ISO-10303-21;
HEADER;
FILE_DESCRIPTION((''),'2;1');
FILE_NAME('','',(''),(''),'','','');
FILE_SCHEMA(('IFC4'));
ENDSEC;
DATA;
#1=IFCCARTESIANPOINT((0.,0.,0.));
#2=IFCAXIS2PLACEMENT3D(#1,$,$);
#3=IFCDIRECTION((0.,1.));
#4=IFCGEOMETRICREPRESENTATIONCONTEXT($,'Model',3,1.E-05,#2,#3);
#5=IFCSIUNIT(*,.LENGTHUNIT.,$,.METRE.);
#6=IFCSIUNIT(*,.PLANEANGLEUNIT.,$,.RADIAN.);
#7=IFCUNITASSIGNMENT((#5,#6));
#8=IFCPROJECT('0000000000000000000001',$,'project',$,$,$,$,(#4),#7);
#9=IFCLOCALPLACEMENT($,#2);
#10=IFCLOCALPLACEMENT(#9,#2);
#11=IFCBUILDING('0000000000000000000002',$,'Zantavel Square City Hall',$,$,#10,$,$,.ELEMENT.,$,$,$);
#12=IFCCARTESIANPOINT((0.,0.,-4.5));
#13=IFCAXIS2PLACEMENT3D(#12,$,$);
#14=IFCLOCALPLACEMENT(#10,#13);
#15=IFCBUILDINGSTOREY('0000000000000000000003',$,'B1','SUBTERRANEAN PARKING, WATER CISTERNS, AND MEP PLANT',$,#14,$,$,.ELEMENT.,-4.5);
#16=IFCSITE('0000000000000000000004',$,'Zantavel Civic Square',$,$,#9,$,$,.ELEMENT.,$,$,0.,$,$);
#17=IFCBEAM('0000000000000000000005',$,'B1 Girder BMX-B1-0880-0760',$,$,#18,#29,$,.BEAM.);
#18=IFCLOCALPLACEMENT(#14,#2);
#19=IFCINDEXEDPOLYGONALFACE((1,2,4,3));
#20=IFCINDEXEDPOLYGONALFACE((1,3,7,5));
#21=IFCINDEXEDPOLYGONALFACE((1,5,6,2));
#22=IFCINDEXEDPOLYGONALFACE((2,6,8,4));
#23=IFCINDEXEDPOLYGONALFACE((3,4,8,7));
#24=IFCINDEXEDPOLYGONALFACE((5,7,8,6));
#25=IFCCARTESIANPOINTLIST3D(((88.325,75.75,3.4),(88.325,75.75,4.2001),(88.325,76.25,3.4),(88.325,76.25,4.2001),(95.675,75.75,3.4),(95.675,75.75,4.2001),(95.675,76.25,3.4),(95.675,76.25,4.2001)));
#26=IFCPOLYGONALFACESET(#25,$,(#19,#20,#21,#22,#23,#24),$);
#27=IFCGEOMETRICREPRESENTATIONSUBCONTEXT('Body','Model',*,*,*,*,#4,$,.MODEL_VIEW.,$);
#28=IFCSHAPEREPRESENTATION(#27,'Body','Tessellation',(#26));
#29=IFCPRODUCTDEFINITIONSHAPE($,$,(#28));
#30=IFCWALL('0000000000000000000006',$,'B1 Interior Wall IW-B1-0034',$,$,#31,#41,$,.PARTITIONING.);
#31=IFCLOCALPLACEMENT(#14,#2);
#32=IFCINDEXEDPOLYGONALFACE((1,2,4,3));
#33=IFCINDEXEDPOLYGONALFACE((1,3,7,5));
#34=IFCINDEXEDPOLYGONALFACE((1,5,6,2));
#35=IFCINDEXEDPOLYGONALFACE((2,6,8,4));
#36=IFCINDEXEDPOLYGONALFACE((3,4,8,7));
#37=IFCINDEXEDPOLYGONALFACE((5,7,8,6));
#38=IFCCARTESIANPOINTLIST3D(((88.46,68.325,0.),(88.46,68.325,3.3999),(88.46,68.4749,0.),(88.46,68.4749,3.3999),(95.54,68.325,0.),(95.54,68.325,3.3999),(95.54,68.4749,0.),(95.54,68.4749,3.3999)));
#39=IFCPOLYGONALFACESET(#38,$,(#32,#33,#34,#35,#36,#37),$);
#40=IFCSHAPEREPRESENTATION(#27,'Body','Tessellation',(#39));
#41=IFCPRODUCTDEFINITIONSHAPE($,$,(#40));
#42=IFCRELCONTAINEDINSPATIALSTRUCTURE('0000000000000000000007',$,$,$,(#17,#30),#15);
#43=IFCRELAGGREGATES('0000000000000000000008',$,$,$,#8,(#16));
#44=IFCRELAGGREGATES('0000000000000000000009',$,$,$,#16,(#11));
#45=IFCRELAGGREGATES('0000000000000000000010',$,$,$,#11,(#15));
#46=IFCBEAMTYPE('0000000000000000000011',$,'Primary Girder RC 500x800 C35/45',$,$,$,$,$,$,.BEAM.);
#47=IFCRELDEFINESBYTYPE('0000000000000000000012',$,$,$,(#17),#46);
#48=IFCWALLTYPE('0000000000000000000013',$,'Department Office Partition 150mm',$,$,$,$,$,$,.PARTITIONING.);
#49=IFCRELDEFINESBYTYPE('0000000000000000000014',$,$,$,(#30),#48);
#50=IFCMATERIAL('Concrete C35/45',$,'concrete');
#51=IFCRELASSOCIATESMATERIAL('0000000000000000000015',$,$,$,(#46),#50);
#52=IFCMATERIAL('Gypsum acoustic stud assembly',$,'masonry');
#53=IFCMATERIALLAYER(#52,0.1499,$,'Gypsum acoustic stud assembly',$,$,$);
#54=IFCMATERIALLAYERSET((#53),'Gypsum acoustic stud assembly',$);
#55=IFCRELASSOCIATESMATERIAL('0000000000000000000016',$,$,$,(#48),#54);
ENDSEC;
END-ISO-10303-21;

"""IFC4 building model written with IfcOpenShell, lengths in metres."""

from ifc_helpers import new_model, si_unit, direction, frame, frame_2d, origin, origin_2d, place, context, subcontext, project, spatial, rectangle, extrude, material, layer, layer_set, material_profile, profile_set, type_object, element, save


model = new_model("IFC4")

# Units and contexts
model_context = context("Model", 3, precision=1e-05, world=origin(), true_north=direction((0.0, 1.0)))
body_context = subcontext(model_context, "Body", "Model", "MODEL_VIEW")
ifc_project = project(units=[si_unit("LENGTHUNIT", "METRE"), si_unit("PLANEANGLEUNIT", "RADIAN")], contexts=[model_context])

# Site, building, storey
site_placement = place(None, origin())
site = spatial("IfcSite", under=ifc_project, at=site_placement, Name="Zantavel Civic Square", CompositionType="ELEMENT", RefElevation=0.0)
building_placement = place(site_placement, origin())
building = spatial("IfcBuilding", under=site, at=building_placement, Name="Zantavel Square City Hall", CompositionType="ELEMENT")
storey_placement = place(building_placement, frame((0.0, 0.0, -4.5)))
storey = spatial("IfcBuildingStorey", under=building, at=storey_placement, Name="B1", Description="SUBTERRANEAN PARKING, WATER CISTERNS, AND MEP PLANT", CompositionType="ELEMENT", Elevation=-4.5)

# Shared definitions
ifc_material_1 = material(Name="Concrete C35/45", Category="concrete")

# Beam
ifc_material_profile_1 = material_profile(ifc_material_1, rectangle(XDim=0.5, YDim=0.8, at=origin_2d()), Name="RC 500x800")
ifc_profile_set_1 = profile_set([ifc_material_profile_1], Name="Concrete C35/45")
beam_type_1 = type_object("IfcBeamType", Name="Primary Girder RC 500x800 C35/45", PredefinedType="BEAM", material=ifc_profile_set_1)
beam_1_placement = place(storey_placement, frame((88.325, 76.0, 3.8), z_axis=(1.0, 0.0, 0.0), x_axis=(0.0, 1.0, 0.0)))
element("IfcBeam", 1, at=beam_1_placement, inside=storey, type_object=beam_type_1, Name="B1 Girder BMX-B1-0880-0760", PredefinedType="BEAM", context=body_context, shape_type="SweptSolid", body=[
    extrude(rectangle(XDim=0.5, YDim=0.8, at=origin_2d()), origin(), (0.0, 0.0, 1.0), 7.3501),
])

# Wall
ifc_material_2 = material(Name="Gypsum acoustic stud assembly", Category="masonry")
ifc_layer_1 = layer(ifc_material_2, 0.1499, Name="Gypsum acoustic stud assembly")
ifc_layer_set_1 = layer_set([ifc_layer_1], Name="Gypsum acoustic stud assembly")
wall_type = type_object("IfcWallType", Name="Department Office Partition 150mm", PredefinedType="PARTITIONING", material=ifc_layer_set_1)
wall_placement = place(storey_placement, frame((88.46, 68.3999, 0.0), z_axis=(0.0, 0.0, 1.0), x_axis=(1.0, 0.0, 0.0)))
element("IfcWall", 2, at=wall_placement, inside=storey, type_object=wall_type, Name="B1 Interior Wall IW-B1-0034", PredefinedType="PARTITIONING", context=body_context, shape_type="SweptSolid", body=[
    extrude(rectangle(XDim=7.0801, YDim=0.1499, at=frame_2d((3.54, 0.0))), origin(), (0.0, 0.0, 1.0), 3.3999),
])

save(model, "model.ifc")
